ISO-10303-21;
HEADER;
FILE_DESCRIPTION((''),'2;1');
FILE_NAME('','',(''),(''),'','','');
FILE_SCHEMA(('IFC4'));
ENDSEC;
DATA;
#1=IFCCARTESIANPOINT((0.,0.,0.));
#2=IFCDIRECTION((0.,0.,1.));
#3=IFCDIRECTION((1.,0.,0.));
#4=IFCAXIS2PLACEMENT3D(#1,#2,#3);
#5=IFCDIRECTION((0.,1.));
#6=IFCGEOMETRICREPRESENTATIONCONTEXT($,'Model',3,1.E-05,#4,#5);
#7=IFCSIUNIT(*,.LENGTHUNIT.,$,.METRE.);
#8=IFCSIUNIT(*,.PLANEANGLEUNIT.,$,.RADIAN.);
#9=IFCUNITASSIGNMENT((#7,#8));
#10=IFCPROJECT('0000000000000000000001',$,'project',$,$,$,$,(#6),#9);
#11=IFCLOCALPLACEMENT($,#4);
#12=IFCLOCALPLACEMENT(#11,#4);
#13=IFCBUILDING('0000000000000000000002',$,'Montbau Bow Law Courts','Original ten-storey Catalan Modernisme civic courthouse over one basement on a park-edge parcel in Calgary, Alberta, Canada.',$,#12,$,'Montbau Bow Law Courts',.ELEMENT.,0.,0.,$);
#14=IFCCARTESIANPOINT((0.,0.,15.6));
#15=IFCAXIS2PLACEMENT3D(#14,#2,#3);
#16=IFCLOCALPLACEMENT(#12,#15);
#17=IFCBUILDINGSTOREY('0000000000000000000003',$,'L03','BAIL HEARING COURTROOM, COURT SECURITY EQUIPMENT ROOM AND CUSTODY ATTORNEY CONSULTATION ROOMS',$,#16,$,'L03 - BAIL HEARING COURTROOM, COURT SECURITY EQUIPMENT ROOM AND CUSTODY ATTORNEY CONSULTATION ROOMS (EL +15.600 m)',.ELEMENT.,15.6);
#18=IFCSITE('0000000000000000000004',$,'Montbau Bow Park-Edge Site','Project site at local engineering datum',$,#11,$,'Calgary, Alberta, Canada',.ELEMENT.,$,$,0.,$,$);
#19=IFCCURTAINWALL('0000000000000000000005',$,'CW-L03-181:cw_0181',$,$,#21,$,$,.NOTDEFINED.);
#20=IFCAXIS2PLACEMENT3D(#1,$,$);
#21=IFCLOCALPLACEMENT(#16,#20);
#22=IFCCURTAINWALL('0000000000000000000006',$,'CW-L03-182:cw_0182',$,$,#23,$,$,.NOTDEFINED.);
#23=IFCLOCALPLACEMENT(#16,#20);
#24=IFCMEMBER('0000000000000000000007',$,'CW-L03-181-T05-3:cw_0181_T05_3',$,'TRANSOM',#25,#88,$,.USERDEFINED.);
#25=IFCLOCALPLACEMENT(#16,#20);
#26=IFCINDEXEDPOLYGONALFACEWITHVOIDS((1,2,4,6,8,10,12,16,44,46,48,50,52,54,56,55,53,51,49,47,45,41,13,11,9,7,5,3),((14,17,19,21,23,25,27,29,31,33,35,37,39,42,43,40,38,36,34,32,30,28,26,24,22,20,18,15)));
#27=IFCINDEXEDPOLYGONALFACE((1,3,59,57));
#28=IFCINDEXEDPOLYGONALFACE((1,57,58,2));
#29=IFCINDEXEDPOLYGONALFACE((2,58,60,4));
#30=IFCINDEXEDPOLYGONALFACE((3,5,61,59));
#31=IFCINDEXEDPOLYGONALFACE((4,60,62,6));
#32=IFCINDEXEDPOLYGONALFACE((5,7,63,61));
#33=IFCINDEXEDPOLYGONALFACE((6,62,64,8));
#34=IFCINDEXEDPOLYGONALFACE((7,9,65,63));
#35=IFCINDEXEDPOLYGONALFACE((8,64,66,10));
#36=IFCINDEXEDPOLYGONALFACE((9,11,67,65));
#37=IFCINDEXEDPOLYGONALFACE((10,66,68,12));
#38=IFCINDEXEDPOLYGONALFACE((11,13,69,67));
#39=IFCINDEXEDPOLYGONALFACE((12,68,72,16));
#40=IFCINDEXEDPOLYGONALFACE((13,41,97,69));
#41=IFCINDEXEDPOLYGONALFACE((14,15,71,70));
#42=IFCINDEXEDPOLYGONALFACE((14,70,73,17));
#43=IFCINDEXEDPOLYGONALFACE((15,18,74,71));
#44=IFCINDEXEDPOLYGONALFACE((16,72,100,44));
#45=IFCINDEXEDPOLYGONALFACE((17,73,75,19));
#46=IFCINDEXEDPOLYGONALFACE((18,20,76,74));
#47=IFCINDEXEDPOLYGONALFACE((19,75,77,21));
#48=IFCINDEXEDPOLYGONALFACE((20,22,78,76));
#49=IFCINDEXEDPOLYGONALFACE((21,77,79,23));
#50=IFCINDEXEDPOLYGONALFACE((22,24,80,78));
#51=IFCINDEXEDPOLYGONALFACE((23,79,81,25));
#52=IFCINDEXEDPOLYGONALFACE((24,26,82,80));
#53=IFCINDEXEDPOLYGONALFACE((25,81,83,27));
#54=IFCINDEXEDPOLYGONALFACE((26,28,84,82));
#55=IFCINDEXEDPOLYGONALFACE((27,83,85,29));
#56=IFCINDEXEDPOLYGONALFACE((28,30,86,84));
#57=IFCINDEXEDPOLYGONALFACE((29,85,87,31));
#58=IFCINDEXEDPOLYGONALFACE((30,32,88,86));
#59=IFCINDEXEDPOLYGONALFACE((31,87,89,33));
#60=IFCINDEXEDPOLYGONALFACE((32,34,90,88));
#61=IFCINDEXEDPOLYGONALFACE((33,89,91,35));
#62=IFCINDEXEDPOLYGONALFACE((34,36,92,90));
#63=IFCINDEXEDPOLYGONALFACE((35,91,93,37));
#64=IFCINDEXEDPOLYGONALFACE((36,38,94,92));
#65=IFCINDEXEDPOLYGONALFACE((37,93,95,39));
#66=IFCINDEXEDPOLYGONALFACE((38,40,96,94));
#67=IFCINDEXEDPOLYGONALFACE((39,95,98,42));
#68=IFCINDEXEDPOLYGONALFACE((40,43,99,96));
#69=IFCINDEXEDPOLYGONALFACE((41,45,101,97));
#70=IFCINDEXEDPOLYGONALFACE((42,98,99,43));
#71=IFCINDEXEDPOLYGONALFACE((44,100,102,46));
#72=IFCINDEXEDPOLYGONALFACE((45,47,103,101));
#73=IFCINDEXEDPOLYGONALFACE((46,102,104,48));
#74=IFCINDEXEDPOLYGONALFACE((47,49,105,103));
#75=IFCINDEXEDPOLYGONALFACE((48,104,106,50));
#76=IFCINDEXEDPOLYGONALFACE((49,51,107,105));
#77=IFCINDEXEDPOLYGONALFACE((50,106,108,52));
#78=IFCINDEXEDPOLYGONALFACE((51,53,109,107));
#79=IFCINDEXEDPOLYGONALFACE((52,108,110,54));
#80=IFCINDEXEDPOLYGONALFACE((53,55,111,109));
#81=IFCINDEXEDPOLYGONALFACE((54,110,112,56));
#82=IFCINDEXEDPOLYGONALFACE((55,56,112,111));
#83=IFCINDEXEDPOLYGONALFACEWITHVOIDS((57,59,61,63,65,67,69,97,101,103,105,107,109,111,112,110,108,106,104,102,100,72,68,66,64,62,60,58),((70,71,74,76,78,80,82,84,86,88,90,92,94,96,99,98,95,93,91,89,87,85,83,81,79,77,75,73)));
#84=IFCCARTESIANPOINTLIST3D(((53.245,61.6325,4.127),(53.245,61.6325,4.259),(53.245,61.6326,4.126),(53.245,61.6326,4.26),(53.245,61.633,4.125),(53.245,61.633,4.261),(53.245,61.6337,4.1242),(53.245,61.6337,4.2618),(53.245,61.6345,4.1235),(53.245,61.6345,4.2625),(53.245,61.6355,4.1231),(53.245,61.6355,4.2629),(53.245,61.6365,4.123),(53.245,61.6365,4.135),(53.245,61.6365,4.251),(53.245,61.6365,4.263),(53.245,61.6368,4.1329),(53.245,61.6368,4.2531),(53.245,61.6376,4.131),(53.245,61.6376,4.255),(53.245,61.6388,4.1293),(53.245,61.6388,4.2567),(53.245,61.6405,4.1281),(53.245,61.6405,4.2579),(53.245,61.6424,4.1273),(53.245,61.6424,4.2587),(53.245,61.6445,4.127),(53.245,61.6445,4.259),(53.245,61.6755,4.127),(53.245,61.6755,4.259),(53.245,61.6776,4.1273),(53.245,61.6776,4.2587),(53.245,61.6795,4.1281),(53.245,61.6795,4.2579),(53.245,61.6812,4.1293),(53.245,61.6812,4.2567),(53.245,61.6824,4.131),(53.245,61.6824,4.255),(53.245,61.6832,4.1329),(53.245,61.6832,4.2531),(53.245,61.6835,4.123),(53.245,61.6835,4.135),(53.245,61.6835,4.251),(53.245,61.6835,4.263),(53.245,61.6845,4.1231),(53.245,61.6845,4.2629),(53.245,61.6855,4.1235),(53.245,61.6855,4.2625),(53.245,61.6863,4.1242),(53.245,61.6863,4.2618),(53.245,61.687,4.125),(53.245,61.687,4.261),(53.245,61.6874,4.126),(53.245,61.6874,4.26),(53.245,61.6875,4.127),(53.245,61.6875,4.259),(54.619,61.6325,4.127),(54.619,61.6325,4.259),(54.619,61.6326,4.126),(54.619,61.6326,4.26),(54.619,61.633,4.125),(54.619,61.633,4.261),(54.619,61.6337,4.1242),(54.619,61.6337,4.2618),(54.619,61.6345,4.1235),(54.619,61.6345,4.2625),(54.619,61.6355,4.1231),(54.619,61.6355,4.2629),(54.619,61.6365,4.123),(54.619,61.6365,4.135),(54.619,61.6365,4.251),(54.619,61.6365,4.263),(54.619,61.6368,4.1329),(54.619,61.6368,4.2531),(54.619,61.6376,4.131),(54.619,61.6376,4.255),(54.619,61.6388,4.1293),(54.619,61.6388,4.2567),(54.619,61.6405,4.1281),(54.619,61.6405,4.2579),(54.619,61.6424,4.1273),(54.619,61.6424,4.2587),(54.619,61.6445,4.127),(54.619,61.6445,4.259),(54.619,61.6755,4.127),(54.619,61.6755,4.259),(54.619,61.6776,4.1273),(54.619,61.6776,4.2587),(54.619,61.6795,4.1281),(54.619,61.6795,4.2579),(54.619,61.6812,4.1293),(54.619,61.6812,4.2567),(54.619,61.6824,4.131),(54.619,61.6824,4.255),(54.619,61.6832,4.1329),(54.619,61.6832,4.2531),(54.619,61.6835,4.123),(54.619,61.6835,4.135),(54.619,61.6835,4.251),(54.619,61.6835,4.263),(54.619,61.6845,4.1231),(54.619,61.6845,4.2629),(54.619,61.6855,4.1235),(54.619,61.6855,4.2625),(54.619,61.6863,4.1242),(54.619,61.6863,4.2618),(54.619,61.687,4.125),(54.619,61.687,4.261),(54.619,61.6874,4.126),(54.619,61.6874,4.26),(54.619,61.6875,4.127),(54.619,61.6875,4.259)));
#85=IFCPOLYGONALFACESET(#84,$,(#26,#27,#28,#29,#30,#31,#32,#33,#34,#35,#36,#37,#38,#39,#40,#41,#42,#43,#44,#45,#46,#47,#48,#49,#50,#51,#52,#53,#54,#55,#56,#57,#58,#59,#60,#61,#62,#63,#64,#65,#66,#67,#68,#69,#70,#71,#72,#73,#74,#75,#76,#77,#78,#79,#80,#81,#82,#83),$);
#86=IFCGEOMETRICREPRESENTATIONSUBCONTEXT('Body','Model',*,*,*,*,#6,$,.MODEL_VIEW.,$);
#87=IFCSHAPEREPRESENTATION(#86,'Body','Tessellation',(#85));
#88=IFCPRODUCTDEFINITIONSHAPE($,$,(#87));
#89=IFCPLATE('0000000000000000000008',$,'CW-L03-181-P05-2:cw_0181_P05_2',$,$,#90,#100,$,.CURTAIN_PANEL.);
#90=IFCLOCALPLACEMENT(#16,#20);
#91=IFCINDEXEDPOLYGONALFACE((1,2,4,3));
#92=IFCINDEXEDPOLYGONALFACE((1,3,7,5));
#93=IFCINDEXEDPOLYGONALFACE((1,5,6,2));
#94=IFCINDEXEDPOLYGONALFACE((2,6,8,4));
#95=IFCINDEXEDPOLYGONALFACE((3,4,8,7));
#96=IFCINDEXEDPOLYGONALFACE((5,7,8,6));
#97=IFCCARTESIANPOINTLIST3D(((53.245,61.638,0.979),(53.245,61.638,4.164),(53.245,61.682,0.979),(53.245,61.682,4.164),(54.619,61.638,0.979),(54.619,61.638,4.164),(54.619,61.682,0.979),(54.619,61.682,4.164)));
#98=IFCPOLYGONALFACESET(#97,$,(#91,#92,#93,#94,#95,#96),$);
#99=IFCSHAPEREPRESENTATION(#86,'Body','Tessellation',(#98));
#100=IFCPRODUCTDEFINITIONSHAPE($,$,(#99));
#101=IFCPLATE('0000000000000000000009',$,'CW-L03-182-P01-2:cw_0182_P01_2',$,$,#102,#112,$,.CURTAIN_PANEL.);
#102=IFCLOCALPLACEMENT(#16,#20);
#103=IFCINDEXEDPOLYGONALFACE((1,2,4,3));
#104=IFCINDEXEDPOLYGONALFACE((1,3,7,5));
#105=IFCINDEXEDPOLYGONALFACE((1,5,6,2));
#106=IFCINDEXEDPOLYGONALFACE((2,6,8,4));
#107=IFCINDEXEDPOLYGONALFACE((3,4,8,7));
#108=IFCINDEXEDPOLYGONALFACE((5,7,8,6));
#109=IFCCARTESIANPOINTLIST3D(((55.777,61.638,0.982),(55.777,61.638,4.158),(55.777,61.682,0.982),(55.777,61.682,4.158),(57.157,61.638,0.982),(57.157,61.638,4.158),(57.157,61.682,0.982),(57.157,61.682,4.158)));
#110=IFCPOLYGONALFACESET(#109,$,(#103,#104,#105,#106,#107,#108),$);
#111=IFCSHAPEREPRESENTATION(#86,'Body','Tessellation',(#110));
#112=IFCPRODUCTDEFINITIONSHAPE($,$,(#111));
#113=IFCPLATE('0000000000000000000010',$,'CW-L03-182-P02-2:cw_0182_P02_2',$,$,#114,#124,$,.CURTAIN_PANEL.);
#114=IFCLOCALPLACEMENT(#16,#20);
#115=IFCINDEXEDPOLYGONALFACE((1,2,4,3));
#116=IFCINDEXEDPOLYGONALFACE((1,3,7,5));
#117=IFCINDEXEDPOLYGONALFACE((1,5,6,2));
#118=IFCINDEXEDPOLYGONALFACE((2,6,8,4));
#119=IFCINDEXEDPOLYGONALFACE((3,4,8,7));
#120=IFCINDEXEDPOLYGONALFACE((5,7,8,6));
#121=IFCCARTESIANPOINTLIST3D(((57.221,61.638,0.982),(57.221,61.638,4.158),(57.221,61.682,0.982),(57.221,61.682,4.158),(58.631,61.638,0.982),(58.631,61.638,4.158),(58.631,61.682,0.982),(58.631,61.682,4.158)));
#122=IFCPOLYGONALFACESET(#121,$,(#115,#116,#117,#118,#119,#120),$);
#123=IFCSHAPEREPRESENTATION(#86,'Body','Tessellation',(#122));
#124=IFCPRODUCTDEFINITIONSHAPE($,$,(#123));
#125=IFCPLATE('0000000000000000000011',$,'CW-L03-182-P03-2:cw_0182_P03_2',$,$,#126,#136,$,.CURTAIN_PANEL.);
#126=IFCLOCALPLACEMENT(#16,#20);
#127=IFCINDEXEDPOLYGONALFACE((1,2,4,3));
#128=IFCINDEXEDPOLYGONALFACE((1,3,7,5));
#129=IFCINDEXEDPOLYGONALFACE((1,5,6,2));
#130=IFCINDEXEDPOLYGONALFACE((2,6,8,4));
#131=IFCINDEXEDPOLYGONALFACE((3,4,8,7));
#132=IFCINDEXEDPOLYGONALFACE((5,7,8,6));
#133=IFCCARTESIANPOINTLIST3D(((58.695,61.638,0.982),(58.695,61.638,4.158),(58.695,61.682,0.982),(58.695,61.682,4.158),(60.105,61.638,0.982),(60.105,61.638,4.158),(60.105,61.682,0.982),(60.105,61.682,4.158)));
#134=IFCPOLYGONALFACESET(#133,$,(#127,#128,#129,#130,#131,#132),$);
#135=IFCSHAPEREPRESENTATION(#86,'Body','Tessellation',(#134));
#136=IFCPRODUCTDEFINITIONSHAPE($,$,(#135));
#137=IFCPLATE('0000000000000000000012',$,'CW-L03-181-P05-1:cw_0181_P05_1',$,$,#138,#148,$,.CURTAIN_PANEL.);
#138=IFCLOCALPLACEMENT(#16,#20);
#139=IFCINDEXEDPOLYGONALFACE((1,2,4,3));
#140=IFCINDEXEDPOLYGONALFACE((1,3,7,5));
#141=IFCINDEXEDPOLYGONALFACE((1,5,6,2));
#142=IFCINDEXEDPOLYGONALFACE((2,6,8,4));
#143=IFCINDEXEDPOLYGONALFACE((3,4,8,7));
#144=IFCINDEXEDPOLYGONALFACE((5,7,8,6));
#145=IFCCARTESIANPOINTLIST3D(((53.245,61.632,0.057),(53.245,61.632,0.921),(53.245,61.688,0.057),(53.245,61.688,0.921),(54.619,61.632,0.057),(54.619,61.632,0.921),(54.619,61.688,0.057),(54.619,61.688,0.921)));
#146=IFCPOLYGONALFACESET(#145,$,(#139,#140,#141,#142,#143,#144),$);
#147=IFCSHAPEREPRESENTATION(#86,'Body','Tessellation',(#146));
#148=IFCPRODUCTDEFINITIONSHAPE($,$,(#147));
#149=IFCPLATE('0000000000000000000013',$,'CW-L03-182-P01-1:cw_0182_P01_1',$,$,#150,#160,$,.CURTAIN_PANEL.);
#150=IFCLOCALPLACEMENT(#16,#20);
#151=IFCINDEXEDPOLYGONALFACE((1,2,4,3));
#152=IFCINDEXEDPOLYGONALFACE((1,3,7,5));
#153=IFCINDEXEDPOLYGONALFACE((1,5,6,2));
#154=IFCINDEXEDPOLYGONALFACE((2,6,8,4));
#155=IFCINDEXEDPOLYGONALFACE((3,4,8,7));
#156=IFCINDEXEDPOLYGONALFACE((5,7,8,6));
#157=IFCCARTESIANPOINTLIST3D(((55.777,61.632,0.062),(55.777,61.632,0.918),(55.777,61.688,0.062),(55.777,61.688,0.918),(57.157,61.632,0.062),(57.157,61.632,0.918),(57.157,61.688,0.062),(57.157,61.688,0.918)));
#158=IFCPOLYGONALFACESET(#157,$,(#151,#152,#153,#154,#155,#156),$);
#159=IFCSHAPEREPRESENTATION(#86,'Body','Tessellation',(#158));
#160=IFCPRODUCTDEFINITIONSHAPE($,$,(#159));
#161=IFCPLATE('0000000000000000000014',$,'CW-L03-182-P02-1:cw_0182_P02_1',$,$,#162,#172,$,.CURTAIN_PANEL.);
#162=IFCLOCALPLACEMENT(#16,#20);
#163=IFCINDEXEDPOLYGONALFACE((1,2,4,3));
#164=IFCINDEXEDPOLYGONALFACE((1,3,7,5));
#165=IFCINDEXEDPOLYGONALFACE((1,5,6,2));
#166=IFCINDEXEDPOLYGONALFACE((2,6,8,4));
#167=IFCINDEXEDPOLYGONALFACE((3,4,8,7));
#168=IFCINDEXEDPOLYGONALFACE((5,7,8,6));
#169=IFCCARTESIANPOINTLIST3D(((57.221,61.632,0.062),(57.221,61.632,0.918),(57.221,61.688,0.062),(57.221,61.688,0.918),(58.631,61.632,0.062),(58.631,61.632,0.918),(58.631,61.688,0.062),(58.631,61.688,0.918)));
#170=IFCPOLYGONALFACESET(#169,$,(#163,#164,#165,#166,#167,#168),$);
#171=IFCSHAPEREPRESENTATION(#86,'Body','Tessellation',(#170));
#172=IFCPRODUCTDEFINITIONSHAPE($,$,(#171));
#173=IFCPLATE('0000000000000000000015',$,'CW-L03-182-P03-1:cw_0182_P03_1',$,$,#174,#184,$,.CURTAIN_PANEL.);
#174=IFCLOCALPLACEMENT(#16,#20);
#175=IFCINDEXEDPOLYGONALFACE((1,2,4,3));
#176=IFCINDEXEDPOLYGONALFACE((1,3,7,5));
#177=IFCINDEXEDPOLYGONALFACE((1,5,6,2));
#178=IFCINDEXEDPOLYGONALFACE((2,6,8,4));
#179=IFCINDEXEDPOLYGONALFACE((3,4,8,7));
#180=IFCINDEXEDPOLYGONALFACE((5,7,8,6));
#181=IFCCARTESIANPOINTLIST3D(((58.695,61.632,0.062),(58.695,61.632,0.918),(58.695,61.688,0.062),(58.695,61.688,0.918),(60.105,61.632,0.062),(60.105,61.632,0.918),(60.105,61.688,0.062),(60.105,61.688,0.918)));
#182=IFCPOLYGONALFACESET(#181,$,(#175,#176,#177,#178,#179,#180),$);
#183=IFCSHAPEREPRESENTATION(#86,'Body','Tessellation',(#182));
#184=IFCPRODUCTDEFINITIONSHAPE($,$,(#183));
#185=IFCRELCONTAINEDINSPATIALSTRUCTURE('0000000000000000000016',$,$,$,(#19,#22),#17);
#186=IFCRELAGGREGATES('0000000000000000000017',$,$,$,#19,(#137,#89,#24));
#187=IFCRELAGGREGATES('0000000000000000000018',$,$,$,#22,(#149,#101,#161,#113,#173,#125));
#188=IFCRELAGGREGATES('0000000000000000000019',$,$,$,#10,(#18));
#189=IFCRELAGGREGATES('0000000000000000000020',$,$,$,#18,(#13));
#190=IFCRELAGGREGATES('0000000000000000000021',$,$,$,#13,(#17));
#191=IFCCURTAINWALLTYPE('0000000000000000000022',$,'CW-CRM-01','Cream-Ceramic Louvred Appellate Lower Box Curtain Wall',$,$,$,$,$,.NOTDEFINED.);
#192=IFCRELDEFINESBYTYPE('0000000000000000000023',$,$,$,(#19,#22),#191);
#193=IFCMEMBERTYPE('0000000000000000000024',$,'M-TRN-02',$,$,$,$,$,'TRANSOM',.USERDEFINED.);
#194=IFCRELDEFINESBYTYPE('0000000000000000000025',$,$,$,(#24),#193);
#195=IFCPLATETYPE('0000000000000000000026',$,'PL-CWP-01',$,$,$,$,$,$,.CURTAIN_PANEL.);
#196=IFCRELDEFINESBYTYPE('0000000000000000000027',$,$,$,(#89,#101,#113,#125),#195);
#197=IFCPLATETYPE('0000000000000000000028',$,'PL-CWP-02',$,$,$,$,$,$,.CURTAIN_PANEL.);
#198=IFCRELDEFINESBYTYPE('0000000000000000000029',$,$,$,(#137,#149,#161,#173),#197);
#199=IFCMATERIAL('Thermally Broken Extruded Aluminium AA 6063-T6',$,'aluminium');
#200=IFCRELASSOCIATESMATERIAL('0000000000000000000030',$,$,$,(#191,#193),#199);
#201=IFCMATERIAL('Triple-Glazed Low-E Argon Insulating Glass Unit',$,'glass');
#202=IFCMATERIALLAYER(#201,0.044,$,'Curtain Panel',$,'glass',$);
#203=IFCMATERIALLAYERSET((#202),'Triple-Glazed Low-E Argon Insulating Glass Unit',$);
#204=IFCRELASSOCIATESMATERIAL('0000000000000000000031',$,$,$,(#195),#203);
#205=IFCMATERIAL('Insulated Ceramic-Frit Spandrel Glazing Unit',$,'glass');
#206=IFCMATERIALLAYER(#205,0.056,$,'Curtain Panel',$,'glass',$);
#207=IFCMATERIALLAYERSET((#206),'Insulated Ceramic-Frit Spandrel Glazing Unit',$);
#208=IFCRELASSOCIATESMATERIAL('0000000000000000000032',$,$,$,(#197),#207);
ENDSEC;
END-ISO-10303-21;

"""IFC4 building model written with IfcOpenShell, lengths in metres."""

from ifc_helpers import new_model, si_unit, direction, frame, frame_2d, origin_with_axes, origin_2d_with_axis, place, context, subcontext, project, spatial, rectangle, hollow_rectangle, extrude, material, layer, layer_set, material_profile, profile_set, type_object, element, aggregate, save


model = new_model("IFC4")

# Units and contexts
model_context = context("Model", 3, precision=1e-05, world=origin_with_axes(), true_north=direction((0.0, 1.0)))
body_context = subcontext(model_context, "Body", "Model", "MODEL_VIEW")
ifc_project = project(units=[si_unit("LENGTHUNIT", "METRE"), si_unit("PLANEANGLEUNIT", "RADIAN")], contexts=[model_context])

# Site, building, storey
site_placement = place(None, origin_with_axes())
site = spatial("IfcSite", under=ifc_project, at=site_placement, Name="Montbau Bow Park-Edge Site", Description="Project site at local engineering datum", LongName="Calgary, Alberta, Canada", CompositionType="ELEMENT", RefElevation=0.0)
building_placement = place(site_placement, origin_with_axes())
building = spatial("IfcBuilding", under=site, at=building_placement, Name="Montbau Bow Law Courts", Description="Original ten-storey Catalan Modernisme civic courthouse over one basement on a park-edge parcel in Calgary, Alberta, Canada.", LongName="Montbau Bow Law Courts", CompositionType="ELEMENT", ElevationOfRefHeight=0.0, ElevationOfTerrain=0.0)
storey_placement = place(building_placement, frame((0.0, 0.0, 15.6), z_axis=(0.0, 0.0, 1.0), x_axis=(1.0, 0.0, 0.0)))
storey = spatial("IfcBuildingStorey", under=building, at=storey_placement, Name="L03", Description="BAIL HEARING COURTROOM, COURT SECURITY EQUIPMENT ROOM AND CUSTODY ATTORNEY CONSULTATION ROOMS", LongName="L03 - BAIL HEARING COURTROOM, COURT SECURITY EQUIPMENT ROOM AND CUSTODY ATTORNEY CONSULTATION ROOMS (EL +15.600 m)", CompositionType="ELEMENT", Elevation=15.6)

# Curtain walls
ifc_material_1 = material(Name="Thermally Broken Extruded Aluminium AA 6063-T6", Category="aluminium")
curtain_wall_type = type_object("IfcCurtainWallType", Name="CW-CRM-01", Description="Cream-Ceramic Louvred Appellate Lower Box Curtain Wall", PredefinedType="NOTDEFINED", material=ifc_material_1)
curtain_wall_1_placement = place(None, frame((47.315, 61.66, 15.6), z_axis=(0.0, 0.0, 1.0), x_axis=(1.0, 0.0, 0.0)))
curtain_wall_1 = element("IfcCurtainWall", 1, at=curtain_wall_1_placement, inside=storey, type_object=curtain_wall_type, Name="CW-L03-181:cw_0181", PredefinedType="NOTDEFINED")
curtain_wall_2_placement = place(None, frame((55.715, 61.66, 15.6), z_axis=(0.0, 0.0, 1.0), x_axis=(1.0, 0.0, 0.0)))
curtain_wall_2 = element("IfcCurtainWall", 2, at=curtain_wall_2_placement, inside=storey, type_object=curtain_wall_type, Name="CW-L03-182:cw_0182", PredefinedType="NOTDEFINED")

# Member
ifc_material_profile_1 = material_profile(ifc_material_1, hollow_rectangle(XDim=0.055, YDim=0.14, WallThickness=0.004, InnerFilletRadius=0.008, OuterFilletRadius=0.004, at=origin_2d_with_axis()), Name="CWT-140X55", Category="Main", Priority=0)
ifc_profile_set_1 = profile_set([ifc_material_profile_1], Name="Thermally Broken Extruded Aluminium AA 6063-T6")
member_type_1 = type_object("IfcMemberType", Name="M-TRN-02", ElementType="TRANSOM", PredefinedType="USERDEFINED", material=ifc_profile_set_1)
member_1_placement = place(None, frame((53.245, 61.66, 19.793), z_axis=(1.0, 0.0, 0.0), x_axis=(0.0, 1.0, 0.0)))
member_1 = element("IfcMember", 3, at=member_1_placement, type_object=member_type_1, Name="CW-L03-181-T05-3:cw_0181_T05_3", ObjectType="TRANSOM", PredefinedType="USERDEFINED", context=body_context, shape_type="SweptSolid", body=[
    extrude(hollow_rectangle(XDim=0.055, YDim=0.14, WallThickness=0.004, InnerFilletRadius=0.008, OuterFilletRadius=0.004, at=origin_2d_with_axis()), origin_with_axes(), (0.0, 0.0, 1.0), 1.374),
])

# Plates
ifc_material_2 = material(Name="Triple-Glazed Low-E Argon Insulating Glass Unit", Category="glass")
ifc_layer_1 = layer(ifc_material_2, 0.044, Name="Curtain Panel", Category="glass")
ifc_layer_set_1 = layer_set([ifc_layer_1], Name="Triple-Glazed Low-E Argon Insulating Glass Unit")
plate_type_1 = type_object("IfcPlateType", Name="PL-CWP-01", PredefinedType="CURTAIN_PANEL", material=ifc_layer_set_1)
plate_1_placement = place(None, frame((53.245, 61.66, 16.579), z_axis=(0.0, -1.0, 0.0), x_axis=(1.0, 0.0, 0.0)))
plate_1 = element("IfcPlate", 4, at=plate_1_placement, type_object=plate_type_1, Name="CW-L03-181-P05-2:cw_0181_P05_2", PredefinedType="CURTAIN_PANEL", context=body_context, shape_type="SweptSolid", body=[
    extrude(rectangle(XDim=1.374, YDim=3.185, at=frame_2d((0.687, 1.5925), x_axis=(1.0, 0.0))), frame((0.0, 0.0, -0.022), z_axis=(0.0, 0.0, 1.0), x_axis=(1.0, 0.0, 0.0)), (0.0, 0.0, 1.0), 0.044),
])
plate_2_placement = place(None, frame((55.777, 61.66, 16.582), z_axis=(0.0, -1.0, 0.0), x_axis=(1.0, 0.0, 0.0)))
plate_2 = element("IfcPlate", 5, at=plate_2_placement, type_object=plate_type_1, Name="CW-L03-182-P01-2:cw_0182_P01_2", PredefinedType="CURTAIN_PANEL", context=body_context, shape_type="SweptSolid", body=[
    extrude(rectangle(XDim=1.38, YDim=3.176, at=frame_2d((0.69, 1.588), x_axis=(1.0, 0.0))), frame((0.0, 0.0, -0.022), z_axis=(0.0, 0.0, 1.0), x_axis=(1.0, 0.0, 0.0)), (0.0, 0.0, 1.0), 0.044),
])
plate_3_placement = place(None, frame((57.221, 61.66, 16.582), z_axis=(0.0, -1.0, 0.0), x_axis=(1.0, 0.0, 0.0)))
plate_3 = element("IfcPlate", 6, at=plate_3_placement, type_object=plate_type_1, Name="CW-L03-182-P02-2:cw_0182_P02_2", PredefinedType="CURTAIN_PANEL", context=body_context, shape_type="SweptSolid", body=[
    extrude(rectangle(XDim=1.41, YDim=3.176, at=frame_2d((0.705, 1.588), x_axis=(1.0, 0.0))), frame((0.0, 0.0, -0.022), z_axis=(0.0, 0.0, 1.0), x_axis=(1.0, 0.0, 0.0)), (0.0, 0.0, 1.0), 0.044),
])
plate_4_placement = place(None, frame((58.695, 61.66, 16.582), z_axis=(0.0, -1.0, 0.0), x_axis=(1.0, 0.0, 0.0)))
plate_4 = element("IfcPlate", 7, at=plate_4_placement, type_object=plate_type_1, Name="CW-L03-182-P03-2:cw_0182_P03_2", PredefinedType="CURTAIN_PANEL", context=body_context, shape_type="SweptSolid", body=[
    extrude(rectangle(XDim=1.41, YDim=3.176, at=frame_2d((0.705, 1.588), x_axis=(1.0, 0.0))), frame((0.0, 0.0, -0.022), z_axis=(0.0, 0.0, 1.0), x_axis=(1.0, 0.0, 0.0)), (0.0, 0.0, 1.0), 0.044),
])
ifc_material_3 = material(Name="Insulated Ceramic-Frit Spandrel Glazing Unit", Category="glass")
ifc_layer_2 = layer(ifc_material_3, 0.056, Name="Curtain Panel", Category="glass")
ifc_layer_set_2 = layer_set([ifc_layer_2], Name="Insulated Ceramic-Frit Spandrel Glazing Unit")
plate_type_2 = type_object("IfcPlateType", Name="PL-CWP-02", PredefinedType="CURTAIN_PANEL", material=ifc_layer_set_2)
plate_5_placement = place(None, frame((53.245, 61.66, 15.657), z_axis=(0.0, -1.0, 0.0), x_axis=(1.0, 0.0, 0.0)))
plate_5 = element("IfcPlate", 8, at=plate_5_placement, type_object=plate_type_2, Name="CW-L03-181-P05-1:cw_0181_P05_1", PredefinedType="CURTAIN_PANEL", context=body_context, shape_type="SweptSolid", body=[
    extrude(rectangle(XDim=1.374, YDim=0.864, at=frame_2d((0.687, 0.432), x_axis=(1.0, 0.0))), frame((0.0, 0.0, -0.028), z_axis=(0.0, 0.0, 1.0), x_axis=(1.0, 0.0, 0.0)), (0.0, 0.0, 1.0), 0.056),
])
aggregate(curtain_wall_1, [plate_5, plate_1, member_1])
plate_6_placement = place(None, frame((55.777, 61.66, 15.662), z_axis=(0.0, -1.0, 0.0), x_axis=(1.0, 0.0, 0.0)))
plate_6 = element("IfcPlate", 9, at=plate_6_placement, type_object=plate_type_2, Name="CW-L03-182-P01-1:cw_0182_P01_1", PredefinedType="CURTAIN_PANEL", context=body_context, shape_type="SweptSolid", body=[
    extrude(rectangle(XDim=1.38, YDim=0.856, at=frame_2d((0.69, 0.428), x_axis=(1.0, 0.0))), frame((0.0, 0.0, -0.028), z_axis=(0.0, 0.0, 1.0), x_axis=(1.0, 0.0, 0.0)), (0.0, 0.0, 1.0), 0.056),
])
plate_7_placement = place(None, frame((57.221, 61.66, 15.662), z_axis=(0.0, -1.0, 0.0), x_axis=(1.0, 0.0, 0.0)))
plate_7 = element("IfcPlate", 10, at=plate_7_placement, type_object=plate_type_2, Name="CW-L03-182-P02-1:cw_0182_P02_1", PredefinedType="CURTAIN_PANEL", context=body_context, shape_type="SweptSolid", body=[
    extrude(rectangle(XDim=1.41, YDim=0.856, at=frame_2d((0.705, 0.428), x_axis=(1.0, 0.0))), frame((0.0, 0.0, -0.028), z_axis=(0.0, 0.0, 1.0), x_axis=(1.0, 0.0, 0.0)), (0.0, 0.0, 1.0), 0.056),
])
plate_8_placement = place(None, frame((58.695, 61.66, 15.662), z_axis=(0.0, -1.0, 0.0), x_axis=(1.0, 0.0, 0.0)))
plate_8 = element("IfcPlate", 11, at=plate_8_placement, type_object=plate_type_2, Name="CW-L03-182-P03-1:cw_0182_P03_1", PredefinedType="CURTAIN_PANEL", context=body_context, shape_type="SweptSolid", body=[
    extrude(rectangle(XDim=1.41, YDim=0.856, at=frame_2d((0.705, 0.428), x_axis=(1.0, 0.0))), frame((0.0, 0.0, -0.028), z_axis=(0.0, 0.0, 1.0), x_axis=(1.0, 0.0, 0.0)), (0.0, 0.0, 1.0), 0.056),
])
aggregate(curtain_wall_2, [plate_6, plate_2, plate_7, plate_3, plate_8, plate_4])

save(model, "model.ifc")
